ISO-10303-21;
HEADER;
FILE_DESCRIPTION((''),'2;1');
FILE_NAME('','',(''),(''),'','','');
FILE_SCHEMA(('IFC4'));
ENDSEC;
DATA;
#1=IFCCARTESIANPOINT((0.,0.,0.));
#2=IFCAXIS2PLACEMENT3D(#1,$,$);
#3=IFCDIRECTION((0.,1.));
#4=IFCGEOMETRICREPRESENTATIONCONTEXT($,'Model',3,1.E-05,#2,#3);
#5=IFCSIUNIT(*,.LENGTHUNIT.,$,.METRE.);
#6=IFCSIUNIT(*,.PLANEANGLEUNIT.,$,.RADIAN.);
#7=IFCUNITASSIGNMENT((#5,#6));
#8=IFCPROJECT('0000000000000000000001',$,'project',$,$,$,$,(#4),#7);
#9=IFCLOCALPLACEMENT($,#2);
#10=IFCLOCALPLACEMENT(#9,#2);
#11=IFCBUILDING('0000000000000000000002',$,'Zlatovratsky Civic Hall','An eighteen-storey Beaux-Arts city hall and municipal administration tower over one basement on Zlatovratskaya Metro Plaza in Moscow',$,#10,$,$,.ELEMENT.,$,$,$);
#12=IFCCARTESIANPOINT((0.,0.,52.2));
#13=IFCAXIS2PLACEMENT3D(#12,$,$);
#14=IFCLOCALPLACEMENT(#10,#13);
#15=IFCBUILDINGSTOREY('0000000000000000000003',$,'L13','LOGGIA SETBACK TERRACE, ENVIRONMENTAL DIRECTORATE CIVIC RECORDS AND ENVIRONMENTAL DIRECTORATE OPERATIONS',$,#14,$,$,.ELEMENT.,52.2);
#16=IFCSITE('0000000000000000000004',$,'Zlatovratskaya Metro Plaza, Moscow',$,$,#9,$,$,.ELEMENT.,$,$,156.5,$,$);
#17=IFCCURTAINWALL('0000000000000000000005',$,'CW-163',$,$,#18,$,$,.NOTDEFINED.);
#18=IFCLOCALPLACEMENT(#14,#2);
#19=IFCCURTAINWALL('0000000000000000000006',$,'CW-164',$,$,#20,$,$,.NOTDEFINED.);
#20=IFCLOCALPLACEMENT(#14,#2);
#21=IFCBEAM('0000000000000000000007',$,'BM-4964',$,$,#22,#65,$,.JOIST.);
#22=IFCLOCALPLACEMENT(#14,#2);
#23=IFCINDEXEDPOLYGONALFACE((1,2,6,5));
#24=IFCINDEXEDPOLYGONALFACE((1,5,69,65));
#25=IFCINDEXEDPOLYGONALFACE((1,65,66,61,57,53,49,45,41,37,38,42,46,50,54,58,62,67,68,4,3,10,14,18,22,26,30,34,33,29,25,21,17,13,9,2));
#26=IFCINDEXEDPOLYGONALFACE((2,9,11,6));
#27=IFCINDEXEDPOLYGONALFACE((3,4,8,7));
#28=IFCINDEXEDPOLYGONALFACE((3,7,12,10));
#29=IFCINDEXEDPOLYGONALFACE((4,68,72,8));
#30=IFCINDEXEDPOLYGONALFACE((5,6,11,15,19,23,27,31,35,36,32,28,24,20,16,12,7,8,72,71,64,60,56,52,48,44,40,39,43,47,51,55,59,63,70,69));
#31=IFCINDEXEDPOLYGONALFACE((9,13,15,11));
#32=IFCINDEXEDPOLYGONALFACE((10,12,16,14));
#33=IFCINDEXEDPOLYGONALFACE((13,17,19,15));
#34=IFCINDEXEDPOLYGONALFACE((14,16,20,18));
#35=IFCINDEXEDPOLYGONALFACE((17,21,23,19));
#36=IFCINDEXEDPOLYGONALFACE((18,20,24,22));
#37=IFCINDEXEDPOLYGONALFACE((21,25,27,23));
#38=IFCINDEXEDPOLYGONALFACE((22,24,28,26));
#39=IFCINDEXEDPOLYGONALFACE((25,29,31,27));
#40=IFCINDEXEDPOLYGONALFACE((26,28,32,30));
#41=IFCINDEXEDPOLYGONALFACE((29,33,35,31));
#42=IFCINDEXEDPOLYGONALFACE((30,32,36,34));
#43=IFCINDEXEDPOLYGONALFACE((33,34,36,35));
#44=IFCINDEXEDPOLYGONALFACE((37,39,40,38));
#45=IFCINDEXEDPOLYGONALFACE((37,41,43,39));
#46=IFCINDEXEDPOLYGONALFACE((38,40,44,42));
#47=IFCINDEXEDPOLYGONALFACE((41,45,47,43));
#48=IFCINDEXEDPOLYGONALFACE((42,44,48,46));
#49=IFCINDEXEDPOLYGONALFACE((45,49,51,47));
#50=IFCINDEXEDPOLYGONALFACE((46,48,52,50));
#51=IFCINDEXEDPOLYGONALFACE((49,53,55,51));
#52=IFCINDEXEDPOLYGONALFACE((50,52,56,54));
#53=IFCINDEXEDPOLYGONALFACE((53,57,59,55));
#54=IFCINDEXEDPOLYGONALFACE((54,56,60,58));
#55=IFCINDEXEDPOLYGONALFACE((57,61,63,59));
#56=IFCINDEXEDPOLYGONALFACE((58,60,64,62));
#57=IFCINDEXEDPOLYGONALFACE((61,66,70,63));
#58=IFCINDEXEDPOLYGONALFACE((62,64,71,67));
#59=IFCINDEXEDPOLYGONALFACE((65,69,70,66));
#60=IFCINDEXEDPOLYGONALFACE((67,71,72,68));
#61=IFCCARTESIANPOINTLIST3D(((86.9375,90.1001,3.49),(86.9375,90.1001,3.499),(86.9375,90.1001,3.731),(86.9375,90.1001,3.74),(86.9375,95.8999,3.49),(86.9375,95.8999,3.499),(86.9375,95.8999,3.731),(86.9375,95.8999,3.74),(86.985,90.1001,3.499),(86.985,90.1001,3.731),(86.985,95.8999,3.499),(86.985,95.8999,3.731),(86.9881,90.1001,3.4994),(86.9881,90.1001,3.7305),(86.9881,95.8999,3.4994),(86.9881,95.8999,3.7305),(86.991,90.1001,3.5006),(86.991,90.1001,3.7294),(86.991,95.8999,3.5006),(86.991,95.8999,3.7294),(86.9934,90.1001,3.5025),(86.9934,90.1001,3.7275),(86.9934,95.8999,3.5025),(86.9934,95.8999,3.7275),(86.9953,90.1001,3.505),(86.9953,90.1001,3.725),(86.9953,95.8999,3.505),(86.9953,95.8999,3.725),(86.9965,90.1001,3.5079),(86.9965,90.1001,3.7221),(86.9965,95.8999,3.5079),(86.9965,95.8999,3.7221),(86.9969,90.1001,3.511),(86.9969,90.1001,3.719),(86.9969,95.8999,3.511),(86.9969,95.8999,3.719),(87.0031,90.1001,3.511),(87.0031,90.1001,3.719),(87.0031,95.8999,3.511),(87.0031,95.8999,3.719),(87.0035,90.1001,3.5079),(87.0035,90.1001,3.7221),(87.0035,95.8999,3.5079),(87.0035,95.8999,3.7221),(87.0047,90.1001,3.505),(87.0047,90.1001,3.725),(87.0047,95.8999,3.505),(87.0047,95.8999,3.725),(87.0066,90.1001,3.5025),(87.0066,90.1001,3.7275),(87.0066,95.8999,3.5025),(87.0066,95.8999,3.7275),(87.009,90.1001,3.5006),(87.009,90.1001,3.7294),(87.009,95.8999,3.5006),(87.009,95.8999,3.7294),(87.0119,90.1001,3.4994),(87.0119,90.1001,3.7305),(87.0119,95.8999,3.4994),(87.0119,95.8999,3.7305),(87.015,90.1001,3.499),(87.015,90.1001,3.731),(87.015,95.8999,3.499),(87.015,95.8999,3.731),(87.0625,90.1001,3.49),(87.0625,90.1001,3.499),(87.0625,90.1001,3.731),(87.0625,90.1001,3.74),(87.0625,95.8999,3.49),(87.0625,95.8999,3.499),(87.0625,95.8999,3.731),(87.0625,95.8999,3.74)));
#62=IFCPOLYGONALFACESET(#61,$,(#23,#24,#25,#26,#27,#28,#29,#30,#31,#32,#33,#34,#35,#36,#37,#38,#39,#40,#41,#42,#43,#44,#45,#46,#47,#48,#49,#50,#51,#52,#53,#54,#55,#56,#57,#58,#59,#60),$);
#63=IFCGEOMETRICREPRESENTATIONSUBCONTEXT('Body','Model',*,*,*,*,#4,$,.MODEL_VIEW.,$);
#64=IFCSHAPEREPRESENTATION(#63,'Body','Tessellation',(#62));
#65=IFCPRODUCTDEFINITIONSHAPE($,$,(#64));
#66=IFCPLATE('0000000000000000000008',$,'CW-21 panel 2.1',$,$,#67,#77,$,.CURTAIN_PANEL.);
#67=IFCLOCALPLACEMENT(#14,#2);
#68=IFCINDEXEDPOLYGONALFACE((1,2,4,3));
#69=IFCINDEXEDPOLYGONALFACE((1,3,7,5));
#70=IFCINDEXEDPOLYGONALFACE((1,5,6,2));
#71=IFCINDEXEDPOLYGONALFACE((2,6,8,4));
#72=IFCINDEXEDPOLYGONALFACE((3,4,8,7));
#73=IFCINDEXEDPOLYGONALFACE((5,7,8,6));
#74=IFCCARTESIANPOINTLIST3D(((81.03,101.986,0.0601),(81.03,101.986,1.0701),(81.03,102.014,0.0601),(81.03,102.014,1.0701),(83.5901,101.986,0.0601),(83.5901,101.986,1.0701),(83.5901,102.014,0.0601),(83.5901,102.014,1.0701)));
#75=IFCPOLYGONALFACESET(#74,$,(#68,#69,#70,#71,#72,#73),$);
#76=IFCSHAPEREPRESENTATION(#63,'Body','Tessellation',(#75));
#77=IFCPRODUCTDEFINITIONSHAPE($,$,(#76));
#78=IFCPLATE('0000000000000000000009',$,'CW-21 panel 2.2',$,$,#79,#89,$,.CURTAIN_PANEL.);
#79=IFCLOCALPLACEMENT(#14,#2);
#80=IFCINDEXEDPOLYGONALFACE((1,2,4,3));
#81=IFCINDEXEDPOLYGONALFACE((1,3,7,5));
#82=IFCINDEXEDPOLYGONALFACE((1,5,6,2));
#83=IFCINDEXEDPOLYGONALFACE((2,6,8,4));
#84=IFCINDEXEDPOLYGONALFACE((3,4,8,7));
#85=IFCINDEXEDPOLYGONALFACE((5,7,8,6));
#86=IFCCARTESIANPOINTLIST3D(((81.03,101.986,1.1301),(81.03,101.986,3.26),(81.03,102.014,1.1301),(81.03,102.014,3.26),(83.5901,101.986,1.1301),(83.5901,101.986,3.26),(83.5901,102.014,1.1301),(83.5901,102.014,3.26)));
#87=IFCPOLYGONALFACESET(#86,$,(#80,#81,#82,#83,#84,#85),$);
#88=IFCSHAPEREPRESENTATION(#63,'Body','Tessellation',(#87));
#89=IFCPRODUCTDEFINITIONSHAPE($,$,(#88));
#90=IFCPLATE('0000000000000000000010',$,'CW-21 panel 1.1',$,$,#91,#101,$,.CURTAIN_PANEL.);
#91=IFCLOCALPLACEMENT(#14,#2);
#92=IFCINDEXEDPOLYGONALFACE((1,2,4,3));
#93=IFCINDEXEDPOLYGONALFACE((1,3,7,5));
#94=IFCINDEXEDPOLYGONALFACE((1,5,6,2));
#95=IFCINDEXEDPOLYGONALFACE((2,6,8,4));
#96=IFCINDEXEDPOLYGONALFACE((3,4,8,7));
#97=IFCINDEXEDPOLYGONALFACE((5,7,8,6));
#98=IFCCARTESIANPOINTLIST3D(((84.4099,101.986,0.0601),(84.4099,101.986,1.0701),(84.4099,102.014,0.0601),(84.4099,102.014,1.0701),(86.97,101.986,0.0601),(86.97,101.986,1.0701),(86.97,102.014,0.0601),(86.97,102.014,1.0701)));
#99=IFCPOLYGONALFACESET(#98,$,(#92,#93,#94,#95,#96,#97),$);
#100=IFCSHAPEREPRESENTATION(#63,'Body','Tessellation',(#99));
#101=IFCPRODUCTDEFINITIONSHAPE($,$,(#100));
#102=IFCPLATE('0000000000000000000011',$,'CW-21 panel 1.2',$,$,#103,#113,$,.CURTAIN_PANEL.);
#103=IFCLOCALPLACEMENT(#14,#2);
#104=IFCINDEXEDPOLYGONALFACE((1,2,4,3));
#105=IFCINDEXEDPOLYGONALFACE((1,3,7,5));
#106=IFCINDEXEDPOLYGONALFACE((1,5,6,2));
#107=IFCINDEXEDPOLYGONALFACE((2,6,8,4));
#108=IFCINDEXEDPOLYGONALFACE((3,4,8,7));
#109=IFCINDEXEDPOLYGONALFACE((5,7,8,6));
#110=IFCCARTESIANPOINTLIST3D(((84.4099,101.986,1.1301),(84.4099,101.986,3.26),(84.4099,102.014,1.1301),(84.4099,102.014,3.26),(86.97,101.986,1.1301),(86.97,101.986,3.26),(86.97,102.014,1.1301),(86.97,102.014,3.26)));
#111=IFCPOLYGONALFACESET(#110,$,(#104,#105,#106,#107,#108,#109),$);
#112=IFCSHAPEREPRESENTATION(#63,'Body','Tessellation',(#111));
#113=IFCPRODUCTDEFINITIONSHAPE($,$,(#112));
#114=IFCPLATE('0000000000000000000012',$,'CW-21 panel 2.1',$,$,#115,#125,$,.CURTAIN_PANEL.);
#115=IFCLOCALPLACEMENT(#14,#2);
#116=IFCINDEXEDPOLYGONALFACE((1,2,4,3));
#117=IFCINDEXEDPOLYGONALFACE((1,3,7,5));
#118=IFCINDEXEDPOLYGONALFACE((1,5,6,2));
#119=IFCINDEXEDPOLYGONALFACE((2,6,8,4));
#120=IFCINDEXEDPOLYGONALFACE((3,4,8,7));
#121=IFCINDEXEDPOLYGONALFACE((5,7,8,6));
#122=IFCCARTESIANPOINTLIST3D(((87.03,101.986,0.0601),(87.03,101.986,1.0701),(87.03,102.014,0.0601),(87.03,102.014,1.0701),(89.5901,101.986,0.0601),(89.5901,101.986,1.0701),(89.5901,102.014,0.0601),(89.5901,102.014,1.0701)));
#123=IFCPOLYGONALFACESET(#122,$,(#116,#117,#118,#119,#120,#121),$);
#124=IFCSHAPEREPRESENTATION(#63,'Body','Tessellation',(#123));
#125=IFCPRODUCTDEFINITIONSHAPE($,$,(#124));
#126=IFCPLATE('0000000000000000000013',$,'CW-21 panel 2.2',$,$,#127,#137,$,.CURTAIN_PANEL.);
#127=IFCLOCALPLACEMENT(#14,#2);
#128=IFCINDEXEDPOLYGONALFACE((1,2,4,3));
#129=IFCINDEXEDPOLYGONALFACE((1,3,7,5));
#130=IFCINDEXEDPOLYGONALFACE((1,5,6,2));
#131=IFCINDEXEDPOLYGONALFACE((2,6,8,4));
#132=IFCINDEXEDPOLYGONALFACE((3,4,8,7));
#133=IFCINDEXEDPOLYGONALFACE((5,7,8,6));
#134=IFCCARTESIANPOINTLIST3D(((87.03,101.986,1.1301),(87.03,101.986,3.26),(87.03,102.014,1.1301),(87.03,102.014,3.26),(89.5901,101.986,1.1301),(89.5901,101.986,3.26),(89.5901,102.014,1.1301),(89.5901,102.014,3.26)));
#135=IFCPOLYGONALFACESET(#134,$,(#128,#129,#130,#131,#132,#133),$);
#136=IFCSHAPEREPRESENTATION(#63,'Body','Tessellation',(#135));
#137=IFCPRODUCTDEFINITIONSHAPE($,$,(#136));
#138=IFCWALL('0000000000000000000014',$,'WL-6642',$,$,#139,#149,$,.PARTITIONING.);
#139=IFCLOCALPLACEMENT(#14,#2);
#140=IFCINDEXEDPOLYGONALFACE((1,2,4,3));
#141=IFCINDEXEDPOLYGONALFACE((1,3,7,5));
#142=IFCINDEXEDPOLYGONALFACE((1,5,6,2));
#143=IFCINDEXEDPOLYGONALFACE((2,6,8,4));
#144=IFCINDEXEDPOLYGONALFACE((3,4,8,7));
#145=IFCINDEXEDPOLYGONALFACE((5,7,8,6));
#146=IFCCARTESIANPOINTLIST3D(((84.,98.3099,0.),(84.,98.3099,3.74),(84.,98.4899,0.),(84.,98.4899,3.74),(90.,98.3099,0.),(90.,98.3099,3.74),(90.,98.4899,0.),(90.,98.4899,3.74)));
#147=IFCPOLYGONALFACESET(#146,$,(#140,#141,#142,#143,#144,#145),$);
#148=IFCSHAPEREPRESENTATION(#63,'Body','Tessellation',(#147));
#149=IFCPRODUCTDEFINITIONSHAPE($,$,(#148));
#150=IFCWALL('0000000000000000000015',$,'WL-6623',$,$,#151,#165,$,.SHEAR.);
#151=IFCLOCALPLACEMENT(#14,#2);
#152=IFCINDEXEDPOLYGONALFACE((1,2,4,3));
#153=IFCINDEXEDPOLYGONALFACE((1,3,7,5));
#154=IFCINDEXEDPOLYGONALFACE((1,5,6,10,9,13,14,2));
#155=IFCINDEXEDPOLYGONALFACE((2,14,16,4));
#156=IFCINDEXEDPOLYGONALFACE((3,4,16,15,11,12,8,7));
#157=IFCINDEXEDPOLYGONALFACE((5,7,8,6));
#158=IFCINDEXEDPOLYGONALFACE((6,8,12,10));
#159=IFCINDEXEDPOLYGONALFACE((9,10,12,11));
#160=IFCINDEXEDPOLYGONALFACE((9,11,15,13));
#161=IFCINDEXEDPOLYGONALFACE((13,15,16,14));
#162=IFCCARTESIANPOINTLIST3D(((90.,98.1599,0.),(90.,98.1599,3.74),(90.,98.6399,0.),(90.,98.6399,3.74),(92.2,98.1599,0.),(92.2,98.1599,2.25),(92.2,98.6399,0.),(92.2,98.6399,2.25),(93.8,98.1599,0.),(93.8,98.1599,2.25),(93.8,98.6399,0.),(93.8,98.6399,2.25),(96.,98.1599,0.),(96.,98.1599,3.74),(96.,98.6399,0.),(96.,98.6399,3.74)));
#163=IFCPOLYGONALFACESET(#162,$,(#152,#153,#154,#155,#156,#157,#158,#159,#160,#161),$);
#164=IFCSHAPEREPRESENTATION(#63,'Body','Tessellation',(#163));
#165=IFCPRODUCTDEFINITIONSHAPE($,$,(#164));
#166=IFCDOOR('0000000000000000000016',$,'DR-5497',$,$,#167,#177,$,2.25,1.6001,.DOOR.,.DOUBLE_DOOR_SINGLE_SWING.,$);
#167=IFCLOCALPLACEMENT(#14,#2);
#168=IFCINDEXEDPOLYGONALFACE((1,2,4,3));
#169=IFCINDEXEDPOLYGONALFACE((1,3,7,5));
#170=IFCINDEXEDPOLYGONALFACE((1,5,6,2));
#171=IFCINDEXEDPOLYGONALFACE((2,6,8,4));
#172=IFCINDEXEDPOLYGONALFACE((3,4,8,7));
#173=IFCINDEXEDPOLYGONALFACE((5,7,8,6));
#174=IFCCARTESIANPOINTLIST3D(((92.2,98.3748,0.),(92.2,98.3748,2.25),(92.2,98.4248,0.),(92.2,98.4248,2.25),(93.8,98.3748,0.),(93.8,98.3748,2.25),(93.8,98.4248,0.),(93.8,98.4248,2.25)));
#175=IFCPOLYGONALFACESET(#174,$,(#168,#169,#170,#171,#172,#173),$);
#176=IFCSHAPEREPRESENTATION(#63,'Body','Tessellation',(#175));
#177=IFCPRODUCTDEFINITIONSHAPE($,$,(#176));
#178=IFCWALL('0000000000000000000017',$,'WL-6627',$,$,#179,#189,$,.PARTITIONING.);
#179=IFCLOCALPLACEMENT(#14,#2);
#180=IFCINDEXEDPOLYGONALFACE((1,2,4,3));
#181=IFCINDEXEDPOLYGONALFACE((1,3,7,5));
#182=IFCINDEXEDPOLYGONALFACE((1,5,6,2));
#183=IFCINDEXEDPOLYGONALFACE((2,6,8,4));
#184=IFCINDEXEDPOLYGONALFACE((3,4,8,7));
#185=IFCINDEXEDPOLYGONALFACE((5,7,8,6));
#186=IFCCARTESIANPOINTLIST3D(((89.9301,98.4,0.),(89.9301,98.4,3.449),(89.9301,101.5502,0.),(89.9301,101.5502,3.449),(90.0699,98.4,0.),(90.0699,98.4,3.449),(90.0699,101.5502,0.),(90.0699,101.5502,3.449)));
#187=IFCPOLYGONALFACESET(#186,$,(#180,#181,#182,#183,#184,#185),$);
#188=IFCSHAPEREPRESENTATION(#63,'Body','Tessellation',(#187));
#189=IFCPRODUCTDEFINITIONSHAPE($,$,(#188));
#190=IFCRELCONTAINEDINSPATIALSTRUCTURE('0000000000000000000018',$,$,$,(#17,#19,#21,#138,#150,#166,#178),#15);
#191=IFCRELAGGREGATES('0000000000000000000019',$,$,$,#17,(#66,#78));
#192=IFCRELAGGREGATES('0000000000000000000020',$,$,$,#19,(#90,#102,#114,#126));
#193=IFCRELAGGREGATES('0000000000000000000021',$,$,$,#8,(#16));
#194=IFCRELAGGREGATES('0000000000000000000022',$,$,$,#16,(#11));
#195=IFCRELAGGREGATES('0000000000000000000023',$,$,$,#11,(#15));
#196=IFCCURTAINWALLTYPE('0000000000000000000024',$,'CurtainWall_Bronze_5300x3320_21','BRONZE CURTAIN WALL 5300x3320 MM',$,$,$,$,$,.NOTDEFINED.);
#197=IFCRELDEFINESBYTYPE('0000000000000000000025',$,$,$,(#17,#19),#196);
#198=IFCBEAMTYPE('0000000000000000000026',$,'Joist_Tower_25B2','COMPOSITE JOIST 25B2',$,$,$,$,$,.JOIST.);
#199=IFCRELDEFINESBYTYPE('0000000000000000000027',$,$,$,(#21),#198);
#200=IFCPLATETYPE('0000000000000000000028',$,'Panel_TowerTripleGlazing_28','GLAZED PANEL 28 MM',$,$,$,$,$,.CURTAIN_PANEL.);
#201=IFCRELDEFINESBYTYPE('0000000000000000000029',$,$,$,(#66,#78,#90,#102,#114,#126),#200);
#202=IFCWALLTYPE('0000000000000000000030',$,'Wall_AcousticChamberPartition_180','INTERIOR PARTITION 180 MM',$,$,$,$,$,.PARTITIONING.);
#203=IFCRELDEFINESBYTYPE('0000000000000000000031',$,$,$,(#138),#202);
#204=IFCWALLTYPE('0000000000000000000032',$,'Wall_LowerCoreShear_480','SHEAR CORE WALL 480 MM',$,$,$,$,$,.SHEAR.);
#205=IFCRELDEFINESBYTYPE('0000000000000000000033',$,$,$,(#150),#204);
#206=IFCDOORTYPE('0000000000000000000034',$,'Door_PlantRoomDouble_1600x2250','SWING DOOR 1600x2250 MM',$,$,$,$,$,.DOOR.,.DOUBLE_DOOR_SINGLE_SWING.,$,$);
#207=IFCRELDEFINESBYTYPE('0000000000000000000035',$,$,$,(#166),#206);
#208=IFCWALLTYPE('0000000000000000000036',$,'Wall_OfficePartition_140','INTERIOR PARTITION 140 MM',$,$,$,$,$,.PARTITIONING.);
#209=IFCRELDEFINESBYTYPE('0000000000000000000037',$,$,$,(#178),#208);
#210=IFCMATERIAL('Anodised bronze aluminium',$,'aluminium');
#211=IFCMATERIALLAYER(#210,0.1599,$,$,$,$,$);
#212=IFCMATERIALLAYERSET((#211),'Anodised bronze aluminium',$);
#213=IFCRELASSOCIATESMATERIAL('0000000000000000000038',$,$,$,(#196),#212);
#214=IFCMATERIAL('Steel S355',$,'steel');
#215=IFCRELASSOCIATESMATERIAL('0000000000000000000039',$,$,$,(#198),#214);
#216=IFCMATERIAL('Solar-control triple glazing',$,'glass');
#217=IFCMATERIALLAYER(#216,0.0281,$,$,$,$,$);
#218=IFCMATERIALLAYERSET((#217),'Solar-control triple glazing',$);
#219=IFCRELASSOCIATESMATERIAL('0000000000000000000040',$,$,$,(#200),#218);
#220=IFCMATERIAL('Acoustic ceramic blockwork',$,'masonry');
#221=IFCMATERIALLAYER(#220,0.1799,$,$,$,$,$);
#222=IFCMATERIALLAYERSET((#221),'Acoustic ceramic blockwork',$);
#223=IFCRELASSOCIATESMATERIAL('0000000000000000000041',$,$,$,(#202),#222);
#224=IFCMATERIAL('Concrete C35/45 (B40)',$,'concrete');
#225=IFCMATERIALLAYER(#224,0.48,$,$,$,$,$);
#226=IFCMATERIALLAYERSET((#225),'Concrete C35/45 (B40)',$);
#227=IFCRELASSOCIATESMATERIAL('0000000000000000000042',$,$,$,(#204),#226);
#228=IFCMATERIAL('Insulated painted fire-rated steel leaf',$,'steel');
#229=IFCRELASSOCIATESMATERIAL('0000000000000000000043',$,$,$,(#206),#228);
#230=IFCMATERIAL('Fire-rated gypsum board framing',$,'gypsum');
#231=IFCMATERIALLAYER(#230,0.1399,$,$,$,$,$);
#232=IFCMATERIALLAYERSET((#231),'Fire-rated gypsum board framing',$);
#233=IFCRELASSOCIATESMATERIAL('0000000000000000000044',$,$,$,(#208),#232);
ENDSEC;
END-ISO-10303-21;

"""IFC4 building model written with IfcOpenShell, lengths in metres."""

from ifc_helpers import new_model, si_unit, direction, frame, frame_2d, origin, origin_2d, place, context, subcontext, project, spatial, rectangle, i_section, extrude, material, layer, layer_set, material_profile, profile_set, type_object, element, fill, aggregate, save


model = new_model("IFC4")

# Units and contexts
model_context = context("Model", 3, precision=1e-05, world=origin(), true_north=direction((0.0, 1.0)))
body_context = subcontext(model_context, "Body", "Model", "MODEL_VIEW")
ifc_project = project(units=[si_unit("LENGTHUNIT", "METRE"), si_unit("PLANEANGLEUNIT", "RADIAN")], contexts=[model_context])

# Site, building, storey
site_placement = place(None, origin())
site = spatial("IfcSite", under=ifc_project, at=site_placement, Name="Zlatovratskaya Metro Plaza, Moscow", CompositionType="ELEMENT", RefElevation=156.5)
building_placement = place(site_placement, origin())
building = spatial("IfcBuilding", under=site, at=building_placement, Name="Zlatovratsky Civic Hall", Description="An eighteen-storey Beaux-Arts city hall and municipal administration tower over one basement on Zlatovratskaya Metro Plaza in Moscow", CompositionType="ELEMENT")
storey_placement = place(building_placement, frame((0.0, 0.0, 52.2)))
storey = spatial("IfcBuildingStorey", under=building, at=storey_placement, Name="L13", Description="LOGGIA SETBACK TERRACE, ENVIRONMENTAL DIRECTORATE CIVIC RECORDS AND ENVIRONMENTAL DIRECTORATE OPERATIONS", CompositionType="ELEMENT", Elevation=52.2)

# Shared definitions
ifc_material_1 = material(Name="Concrete C35/45 (B40)", Category="concrete")
ifc_material_2 = material(Name="Steel S355", Category="steel")

# Curtain wall
ifc_material_3 = material(Name="Anodised bronze aluminium", Category="aluminium")
ifc_layer_1 = layer(ifc_material_3, 0.1599)
ifc_layer_set_1 = layer_set([ifc_layer_1], Name="Anodised bronze aluminium")
curtain_wall_type = type_object("IfcCurtainWallType", Name="CurtainWall_Bronze_5300x3320_21", Description="BRONZE CURTAIN WALL 5300x3320 MM", PredefinedType="NOTDEFINED", material=ifc_layer_set_1)
curtain_wall_1_placement = place(storey_placement, origin())
curtain_wall_1 = element("IfcCurtainWall", 1, at=curtain_wall_1_placement, inside=storey, type_object=curtain_wall_type, Name="CW-163", PredefinedType="NOTDEFINED")

# Curtain wall
curtain_wall_2_placement = place(storey_placement, origin())
curtain_wall_2 = element("IfcCurtainWall", 2, at=curtain_wall_2_placement, inside=storey, type_object=curtain_wall_type, Name="CW-164", PredefinedType="NOTDEFINED")

# Beam
ifc_material_profile_1 = material_profile(ifc_material_2, i_section(OverallWidth=0.125, OverallDepth=0.25, WebThickness=0.0061, FlangeThickness=0.009, FilletRadius=0.012, at=origin_2d()), Name="25B2")
ifc_profile_set_1 = profile_set([ifc_material_profile_1], Name="Steel S355")
beam_type_1 = type_object("IfcBeamType", Name="Joist_Tower_25B2", Description="COMPOSITE JOIST 25B2", PredefinedType="JOIST", material=ifc_profile_set_1)
beam_1_placement = place(storey_placement, frame((87.0, 90.1001, 3.615), z_axis=(0.0, 1.0, 0.0), x_axis=(-1.0, 0.0, 0.0)))
element("IfcBeam", 3, at=beam_1_placement, inside=storey, type_object=beam_type_1, Name="BM-4964", PredefinedType="JOIST", context=body_context, shape_type="SweptSolid", body=[
    extrude(i_section(OverallWidth=0.125, OverallDepth=0.25, WebThickness=0.0061, FlangeThickness=0.009, FilletRadius=0.012, at=origin_2d()), origin(), (0.0, 0.0, 1.0), 5.7998),
])

# Plates
ifc_material_4 = material(Name="Solar-control triple glazing", Category="glass")
ifc_layer_2 = layer(ifc_material_4, 0.0281)
ifc_layer_set_2 = layer_set([ifc_layer_2], Name="Solar-control triple glazing")
plate_type = type_object("IfcPlateType", Name="Panel_TowerTripleGlazing_28", Description="GLAZED PANEL 28 MM", PredefinedType="CURTAIN_PANEL", material=ifc_layer_set_2)
plate_1_placement = place(storey_placement, frame((82.3101, 102.0, 0.0601), z_axis=(0.0, 0.0, 1.0), x_axis=(1.0, 0.0, 0.0)))
plate_1 = element("IfcPlate", 4, at=plate_1_placement, type_object=plate_type, Name="CW-21 panel 2.1", PredefinedType="CURTAIN_PANEL", context=body_context, shape_type="SweptSolid", body=[
    extrude(rectangle(XDim=2.5601, YDim=0.0281, at=origin_2d()), origin(), (0.0, 0.0, 1.0), 1.01),
])
plate_2_placement = place(storey_placement, frame((82.3101, 102.0, 1.1301), z_axis=(0.0, 0.0, 1.0), x_axis=(1.0, 0.0, 0.0)))
plate_2 = element("IfcPlate", 5, at=plate_2_placement, type_object=plate_type, Name="CW-21 panel 2.2", PredefinedType="CURTAIN_PANEL", context=body_context, shape_type="SweptSolid", body=[
    extrude(rectangle(XDim=2.5601, YDim=0.0281, at=origin_2d()), origin(), (0.0, 0.0, 1.0), 2.1299),
])
aggregate(curtain_wall_1, [plate_1, plate_2])
plate_3_placement = place(storey_placement, frame((85.6899, 102.0, 0.0601), z_axis=(0.0, 0.0, 1.0), x_axis=(1.0, 0.0, 0.0)))
plate_3 = element("IfcPlate", 6, at=plate_3_placement, type_object=plate_type, Name="CW-21 panel 1.1", PredefinedType="CURTAIN_PANEL", context=body_context, shape_type="SweptSolid", body=[
    extrude(rectangle(XDim=2.5601, YDim=0.0281, at=origin_2d()), origin(), (0.0, 0.0, 1.0), 1.01),
])
plate_4_placement = place(storey_placement, frame((85.6899, 102.0, 1.1301), z_axis=(0.0, 0.0, 1.0), x_axis=(1.0, 0.0, 0.0)))
plate_4 = element("IfcPlate", 7, at=plate_4_placement, type_object=plate_type, Name="CW-21 panel 1.2", PredefinedType="CURTAIN_PANEL", context=body_context, shape_type="SweptSolid", body=[
    extrude(rectangle(XDim=2.5601, YDim=0.0281, at=origin_2d()), origin(), (0.0, 0.0, 1.0), 2.1299),
])
plate_5_placement = place(storey_placement, frame((88.3101, 102.0, 0.0601), z_axis=(0.0, 0.0, 1.0), x_axis=(1.0, 0.0, 0.0)))
plate_5 = element("IfcPlate", 8, at=plate_5_placement, type_object=plate_type, Name="CW-21 panel 2.1", PredefinedType="CURTAIN_PANEL", context=body_context, shape_type="SweptSolid", body=[
    extrude(rectangle(XDim=2.5601, YDim=0.0281, at=origin_2d()), origin(), (0.0, 0.0, 1.0), 1.01),
])
plate_6_placement = place(storey_placement, frame((88.3101, 102.0, 1.1301), z_axis=(0.0, 0.0, 1.0), x_axis=(1.0, 0.0, 0.0)))
plate_6 = element("IfcPlate", 9, at=plate_6_placement, type_object=plate_type, Name="CW-21 panel 2.2", PredefinedType="CURTAIN_PANEL", context=body_context, shape_type="SweptSolid", body=[
    extrude(rectangle(XDim=2.5601, YDim=0.0281, at=origin_2d()), origin(), (0.0, 0.0, 1.0), 2.1299),
])
aggregate(curtain_wall_2, [plate_3, plate_4, plate_5, plate_6])

# Wall
ifc_material_5 = material(Name="Acoustic ceramic blockwork", Category="masonry")
ifc_layer_3 = layer(ifc_material_5, 0.1799)
ifc_layer_set_3 = layer_set([ifc_layer_3], Name="Acoustic ceramic blockwork")
wall_type_1 = type_object("IfcWallType", Name="Wall_AcousticChamberPartition_180", Description="INTERIOR PARTITION 180 MM", PredefinedType="PARTITIONING", material=ifc_layer_set_3)
wall_1_placement = place(storey_placement, frame((84.0, 98.3999, 0.0), z_axis=(0.0, 0.0, 1.0), x_axis=(1.0, 0.0, 0.0)))
element("IfcWall", 10, at=wall_1_placement, inside=storey, type_object=wall_type_1, Name="WL-6642", PredefinedType="PARTITIONING", context=body_context, shape_type="SweptSolid", body=[
    extrude(rectangle(XDim=6.0, YDim=0.1799, at=frame_2d((3.0, 0.0))), origin(), (0.0, 0.0, 1.0), 3.74),
])

# Wall, opening, door
ifc_layer_4 = layer(ifc_material_1, 0.48)
ifc_layer_set_4 = layer_set([ifc_layer_4], Name="Concrete C35/45 (B40)")
wall_type_2 = type_object("IfcWallType", Name="Wall_LowerCoreShear_480", Description="SHEAR CORE WALL 480 MM", PredefinedType="SHEAR", material=ifc_layer_set_4)
wall_2_placement = place(storey_placement, frame((90.0, 98.3999, 0.0), z_axis=(0.0, 0.0, 1.0), x_axis=(1.0, 0.0, 0.0)))
wall_2 = element("IfcWall", 11, at=wall_2_placement, inside=storey, type_object=wall_type_2, Name="WL-6623", PredefinedType="SHEAR", context=body_context, shape_type="SweptSolid", body=[
    extrude(rectangle(XDim=6.0, YDim=0.48, at=frame_2d((3.0, 0.0))), origin(), (0.0, 0.0, 1.0), 3.74),
])
opening_placement = place(wall_2_placement, frame((2.2, 0.0, 0.0)))
opening = element("IfcOpeningElement", 12, at=opening_placement, cuts=wall_2, PredefinedType="OPENING", context=body_context, shape_type="SweptSolid", body=[
    extrude(rectangle(XDim=1.6001, YDim=2.25, at=frame_2d((0.8, 1.125))), frame((0.0, 0.2549, 0.0), z_axis=(0.0, -1.0, 0.0), x_axis=(1.0, 0.0, 0.0)), (0.0, 0.0, 1.0), 0.5098),
])
ifc_material_6 = material(Name="Insulated painted fire-rated steel leaf", Category="steel")
door_type = type_object("IfcDoorType", Name="Door_PlantRoomDouble_1600x2250", Description="SWING DOOR 1600x2250 MM", OperationType="DOUBLE_DOOR_SINGLE_SWING", PredefinedType="DOOR", material=ifc_material_6)
door_placement = place(opening_placement, origin())
door = element("IfcDoor", 13, at=door_placement, inside=storey, type_object=door_type, Name="DR-5497", OperationType="DOUBLE_DOOR_SINGLE_SWING", OverallHeight=2.25, OverallWidth=1.6001, PredefinedType="DOOR", context=body_context, shape_type="SweptSolid", body=[
    extrude(rectangle(XDim=1.6001, YDim=2.25, at=frame_2d((0.8, 1.125))), frame((0.0, 0.0249, 0.0), z_axis=(0.0, -1.0, 0.0), x_axis=(1.0, 0.0, 0.0)), (0.0, 0.0, 1.0), 0.05),
])
fill(opening, door)

# Wall
ifc_material_7 = material(Name="Fire-rated gypsum board framing", Category="gypsum")
ifc_layer_5 = layer(ifc_material_7, 0.1399)
ifc_layer_set_5 = layer_set([ifc_layer_5], Name="Fire-rated gypsum board framing")
wall_type_3 = type_object("IfcWallType", Name="Wall_OfficePartition_140", Description="INTERIOR PARTITION 140 MM", PredefinedType="PARTITIONING", material=ifc_layer_set_5)
wall_3_placement = place(storey_placement, frame((90.0, 98.3999, 0.0), z_axis=(0.0, 0.0, 1.0), x_axis=(0.0, 1.0, 0.0)))
element("IfcWall", 14, at=wall_3_placement, inside=storey, type_object=wall_type_3, Name="WL-6627", PredefinedType="PARTITIONING", context=body_context, shape_type="SweptSolid", body=[
    extrude(rectangle(XDim=3.1501, YDim=0.1399, at=frame_2d((1.5752, 0.0))), origin(), (0.0, 0.0, 1.0), 3.449),
])

save(model, "model.ifc")
